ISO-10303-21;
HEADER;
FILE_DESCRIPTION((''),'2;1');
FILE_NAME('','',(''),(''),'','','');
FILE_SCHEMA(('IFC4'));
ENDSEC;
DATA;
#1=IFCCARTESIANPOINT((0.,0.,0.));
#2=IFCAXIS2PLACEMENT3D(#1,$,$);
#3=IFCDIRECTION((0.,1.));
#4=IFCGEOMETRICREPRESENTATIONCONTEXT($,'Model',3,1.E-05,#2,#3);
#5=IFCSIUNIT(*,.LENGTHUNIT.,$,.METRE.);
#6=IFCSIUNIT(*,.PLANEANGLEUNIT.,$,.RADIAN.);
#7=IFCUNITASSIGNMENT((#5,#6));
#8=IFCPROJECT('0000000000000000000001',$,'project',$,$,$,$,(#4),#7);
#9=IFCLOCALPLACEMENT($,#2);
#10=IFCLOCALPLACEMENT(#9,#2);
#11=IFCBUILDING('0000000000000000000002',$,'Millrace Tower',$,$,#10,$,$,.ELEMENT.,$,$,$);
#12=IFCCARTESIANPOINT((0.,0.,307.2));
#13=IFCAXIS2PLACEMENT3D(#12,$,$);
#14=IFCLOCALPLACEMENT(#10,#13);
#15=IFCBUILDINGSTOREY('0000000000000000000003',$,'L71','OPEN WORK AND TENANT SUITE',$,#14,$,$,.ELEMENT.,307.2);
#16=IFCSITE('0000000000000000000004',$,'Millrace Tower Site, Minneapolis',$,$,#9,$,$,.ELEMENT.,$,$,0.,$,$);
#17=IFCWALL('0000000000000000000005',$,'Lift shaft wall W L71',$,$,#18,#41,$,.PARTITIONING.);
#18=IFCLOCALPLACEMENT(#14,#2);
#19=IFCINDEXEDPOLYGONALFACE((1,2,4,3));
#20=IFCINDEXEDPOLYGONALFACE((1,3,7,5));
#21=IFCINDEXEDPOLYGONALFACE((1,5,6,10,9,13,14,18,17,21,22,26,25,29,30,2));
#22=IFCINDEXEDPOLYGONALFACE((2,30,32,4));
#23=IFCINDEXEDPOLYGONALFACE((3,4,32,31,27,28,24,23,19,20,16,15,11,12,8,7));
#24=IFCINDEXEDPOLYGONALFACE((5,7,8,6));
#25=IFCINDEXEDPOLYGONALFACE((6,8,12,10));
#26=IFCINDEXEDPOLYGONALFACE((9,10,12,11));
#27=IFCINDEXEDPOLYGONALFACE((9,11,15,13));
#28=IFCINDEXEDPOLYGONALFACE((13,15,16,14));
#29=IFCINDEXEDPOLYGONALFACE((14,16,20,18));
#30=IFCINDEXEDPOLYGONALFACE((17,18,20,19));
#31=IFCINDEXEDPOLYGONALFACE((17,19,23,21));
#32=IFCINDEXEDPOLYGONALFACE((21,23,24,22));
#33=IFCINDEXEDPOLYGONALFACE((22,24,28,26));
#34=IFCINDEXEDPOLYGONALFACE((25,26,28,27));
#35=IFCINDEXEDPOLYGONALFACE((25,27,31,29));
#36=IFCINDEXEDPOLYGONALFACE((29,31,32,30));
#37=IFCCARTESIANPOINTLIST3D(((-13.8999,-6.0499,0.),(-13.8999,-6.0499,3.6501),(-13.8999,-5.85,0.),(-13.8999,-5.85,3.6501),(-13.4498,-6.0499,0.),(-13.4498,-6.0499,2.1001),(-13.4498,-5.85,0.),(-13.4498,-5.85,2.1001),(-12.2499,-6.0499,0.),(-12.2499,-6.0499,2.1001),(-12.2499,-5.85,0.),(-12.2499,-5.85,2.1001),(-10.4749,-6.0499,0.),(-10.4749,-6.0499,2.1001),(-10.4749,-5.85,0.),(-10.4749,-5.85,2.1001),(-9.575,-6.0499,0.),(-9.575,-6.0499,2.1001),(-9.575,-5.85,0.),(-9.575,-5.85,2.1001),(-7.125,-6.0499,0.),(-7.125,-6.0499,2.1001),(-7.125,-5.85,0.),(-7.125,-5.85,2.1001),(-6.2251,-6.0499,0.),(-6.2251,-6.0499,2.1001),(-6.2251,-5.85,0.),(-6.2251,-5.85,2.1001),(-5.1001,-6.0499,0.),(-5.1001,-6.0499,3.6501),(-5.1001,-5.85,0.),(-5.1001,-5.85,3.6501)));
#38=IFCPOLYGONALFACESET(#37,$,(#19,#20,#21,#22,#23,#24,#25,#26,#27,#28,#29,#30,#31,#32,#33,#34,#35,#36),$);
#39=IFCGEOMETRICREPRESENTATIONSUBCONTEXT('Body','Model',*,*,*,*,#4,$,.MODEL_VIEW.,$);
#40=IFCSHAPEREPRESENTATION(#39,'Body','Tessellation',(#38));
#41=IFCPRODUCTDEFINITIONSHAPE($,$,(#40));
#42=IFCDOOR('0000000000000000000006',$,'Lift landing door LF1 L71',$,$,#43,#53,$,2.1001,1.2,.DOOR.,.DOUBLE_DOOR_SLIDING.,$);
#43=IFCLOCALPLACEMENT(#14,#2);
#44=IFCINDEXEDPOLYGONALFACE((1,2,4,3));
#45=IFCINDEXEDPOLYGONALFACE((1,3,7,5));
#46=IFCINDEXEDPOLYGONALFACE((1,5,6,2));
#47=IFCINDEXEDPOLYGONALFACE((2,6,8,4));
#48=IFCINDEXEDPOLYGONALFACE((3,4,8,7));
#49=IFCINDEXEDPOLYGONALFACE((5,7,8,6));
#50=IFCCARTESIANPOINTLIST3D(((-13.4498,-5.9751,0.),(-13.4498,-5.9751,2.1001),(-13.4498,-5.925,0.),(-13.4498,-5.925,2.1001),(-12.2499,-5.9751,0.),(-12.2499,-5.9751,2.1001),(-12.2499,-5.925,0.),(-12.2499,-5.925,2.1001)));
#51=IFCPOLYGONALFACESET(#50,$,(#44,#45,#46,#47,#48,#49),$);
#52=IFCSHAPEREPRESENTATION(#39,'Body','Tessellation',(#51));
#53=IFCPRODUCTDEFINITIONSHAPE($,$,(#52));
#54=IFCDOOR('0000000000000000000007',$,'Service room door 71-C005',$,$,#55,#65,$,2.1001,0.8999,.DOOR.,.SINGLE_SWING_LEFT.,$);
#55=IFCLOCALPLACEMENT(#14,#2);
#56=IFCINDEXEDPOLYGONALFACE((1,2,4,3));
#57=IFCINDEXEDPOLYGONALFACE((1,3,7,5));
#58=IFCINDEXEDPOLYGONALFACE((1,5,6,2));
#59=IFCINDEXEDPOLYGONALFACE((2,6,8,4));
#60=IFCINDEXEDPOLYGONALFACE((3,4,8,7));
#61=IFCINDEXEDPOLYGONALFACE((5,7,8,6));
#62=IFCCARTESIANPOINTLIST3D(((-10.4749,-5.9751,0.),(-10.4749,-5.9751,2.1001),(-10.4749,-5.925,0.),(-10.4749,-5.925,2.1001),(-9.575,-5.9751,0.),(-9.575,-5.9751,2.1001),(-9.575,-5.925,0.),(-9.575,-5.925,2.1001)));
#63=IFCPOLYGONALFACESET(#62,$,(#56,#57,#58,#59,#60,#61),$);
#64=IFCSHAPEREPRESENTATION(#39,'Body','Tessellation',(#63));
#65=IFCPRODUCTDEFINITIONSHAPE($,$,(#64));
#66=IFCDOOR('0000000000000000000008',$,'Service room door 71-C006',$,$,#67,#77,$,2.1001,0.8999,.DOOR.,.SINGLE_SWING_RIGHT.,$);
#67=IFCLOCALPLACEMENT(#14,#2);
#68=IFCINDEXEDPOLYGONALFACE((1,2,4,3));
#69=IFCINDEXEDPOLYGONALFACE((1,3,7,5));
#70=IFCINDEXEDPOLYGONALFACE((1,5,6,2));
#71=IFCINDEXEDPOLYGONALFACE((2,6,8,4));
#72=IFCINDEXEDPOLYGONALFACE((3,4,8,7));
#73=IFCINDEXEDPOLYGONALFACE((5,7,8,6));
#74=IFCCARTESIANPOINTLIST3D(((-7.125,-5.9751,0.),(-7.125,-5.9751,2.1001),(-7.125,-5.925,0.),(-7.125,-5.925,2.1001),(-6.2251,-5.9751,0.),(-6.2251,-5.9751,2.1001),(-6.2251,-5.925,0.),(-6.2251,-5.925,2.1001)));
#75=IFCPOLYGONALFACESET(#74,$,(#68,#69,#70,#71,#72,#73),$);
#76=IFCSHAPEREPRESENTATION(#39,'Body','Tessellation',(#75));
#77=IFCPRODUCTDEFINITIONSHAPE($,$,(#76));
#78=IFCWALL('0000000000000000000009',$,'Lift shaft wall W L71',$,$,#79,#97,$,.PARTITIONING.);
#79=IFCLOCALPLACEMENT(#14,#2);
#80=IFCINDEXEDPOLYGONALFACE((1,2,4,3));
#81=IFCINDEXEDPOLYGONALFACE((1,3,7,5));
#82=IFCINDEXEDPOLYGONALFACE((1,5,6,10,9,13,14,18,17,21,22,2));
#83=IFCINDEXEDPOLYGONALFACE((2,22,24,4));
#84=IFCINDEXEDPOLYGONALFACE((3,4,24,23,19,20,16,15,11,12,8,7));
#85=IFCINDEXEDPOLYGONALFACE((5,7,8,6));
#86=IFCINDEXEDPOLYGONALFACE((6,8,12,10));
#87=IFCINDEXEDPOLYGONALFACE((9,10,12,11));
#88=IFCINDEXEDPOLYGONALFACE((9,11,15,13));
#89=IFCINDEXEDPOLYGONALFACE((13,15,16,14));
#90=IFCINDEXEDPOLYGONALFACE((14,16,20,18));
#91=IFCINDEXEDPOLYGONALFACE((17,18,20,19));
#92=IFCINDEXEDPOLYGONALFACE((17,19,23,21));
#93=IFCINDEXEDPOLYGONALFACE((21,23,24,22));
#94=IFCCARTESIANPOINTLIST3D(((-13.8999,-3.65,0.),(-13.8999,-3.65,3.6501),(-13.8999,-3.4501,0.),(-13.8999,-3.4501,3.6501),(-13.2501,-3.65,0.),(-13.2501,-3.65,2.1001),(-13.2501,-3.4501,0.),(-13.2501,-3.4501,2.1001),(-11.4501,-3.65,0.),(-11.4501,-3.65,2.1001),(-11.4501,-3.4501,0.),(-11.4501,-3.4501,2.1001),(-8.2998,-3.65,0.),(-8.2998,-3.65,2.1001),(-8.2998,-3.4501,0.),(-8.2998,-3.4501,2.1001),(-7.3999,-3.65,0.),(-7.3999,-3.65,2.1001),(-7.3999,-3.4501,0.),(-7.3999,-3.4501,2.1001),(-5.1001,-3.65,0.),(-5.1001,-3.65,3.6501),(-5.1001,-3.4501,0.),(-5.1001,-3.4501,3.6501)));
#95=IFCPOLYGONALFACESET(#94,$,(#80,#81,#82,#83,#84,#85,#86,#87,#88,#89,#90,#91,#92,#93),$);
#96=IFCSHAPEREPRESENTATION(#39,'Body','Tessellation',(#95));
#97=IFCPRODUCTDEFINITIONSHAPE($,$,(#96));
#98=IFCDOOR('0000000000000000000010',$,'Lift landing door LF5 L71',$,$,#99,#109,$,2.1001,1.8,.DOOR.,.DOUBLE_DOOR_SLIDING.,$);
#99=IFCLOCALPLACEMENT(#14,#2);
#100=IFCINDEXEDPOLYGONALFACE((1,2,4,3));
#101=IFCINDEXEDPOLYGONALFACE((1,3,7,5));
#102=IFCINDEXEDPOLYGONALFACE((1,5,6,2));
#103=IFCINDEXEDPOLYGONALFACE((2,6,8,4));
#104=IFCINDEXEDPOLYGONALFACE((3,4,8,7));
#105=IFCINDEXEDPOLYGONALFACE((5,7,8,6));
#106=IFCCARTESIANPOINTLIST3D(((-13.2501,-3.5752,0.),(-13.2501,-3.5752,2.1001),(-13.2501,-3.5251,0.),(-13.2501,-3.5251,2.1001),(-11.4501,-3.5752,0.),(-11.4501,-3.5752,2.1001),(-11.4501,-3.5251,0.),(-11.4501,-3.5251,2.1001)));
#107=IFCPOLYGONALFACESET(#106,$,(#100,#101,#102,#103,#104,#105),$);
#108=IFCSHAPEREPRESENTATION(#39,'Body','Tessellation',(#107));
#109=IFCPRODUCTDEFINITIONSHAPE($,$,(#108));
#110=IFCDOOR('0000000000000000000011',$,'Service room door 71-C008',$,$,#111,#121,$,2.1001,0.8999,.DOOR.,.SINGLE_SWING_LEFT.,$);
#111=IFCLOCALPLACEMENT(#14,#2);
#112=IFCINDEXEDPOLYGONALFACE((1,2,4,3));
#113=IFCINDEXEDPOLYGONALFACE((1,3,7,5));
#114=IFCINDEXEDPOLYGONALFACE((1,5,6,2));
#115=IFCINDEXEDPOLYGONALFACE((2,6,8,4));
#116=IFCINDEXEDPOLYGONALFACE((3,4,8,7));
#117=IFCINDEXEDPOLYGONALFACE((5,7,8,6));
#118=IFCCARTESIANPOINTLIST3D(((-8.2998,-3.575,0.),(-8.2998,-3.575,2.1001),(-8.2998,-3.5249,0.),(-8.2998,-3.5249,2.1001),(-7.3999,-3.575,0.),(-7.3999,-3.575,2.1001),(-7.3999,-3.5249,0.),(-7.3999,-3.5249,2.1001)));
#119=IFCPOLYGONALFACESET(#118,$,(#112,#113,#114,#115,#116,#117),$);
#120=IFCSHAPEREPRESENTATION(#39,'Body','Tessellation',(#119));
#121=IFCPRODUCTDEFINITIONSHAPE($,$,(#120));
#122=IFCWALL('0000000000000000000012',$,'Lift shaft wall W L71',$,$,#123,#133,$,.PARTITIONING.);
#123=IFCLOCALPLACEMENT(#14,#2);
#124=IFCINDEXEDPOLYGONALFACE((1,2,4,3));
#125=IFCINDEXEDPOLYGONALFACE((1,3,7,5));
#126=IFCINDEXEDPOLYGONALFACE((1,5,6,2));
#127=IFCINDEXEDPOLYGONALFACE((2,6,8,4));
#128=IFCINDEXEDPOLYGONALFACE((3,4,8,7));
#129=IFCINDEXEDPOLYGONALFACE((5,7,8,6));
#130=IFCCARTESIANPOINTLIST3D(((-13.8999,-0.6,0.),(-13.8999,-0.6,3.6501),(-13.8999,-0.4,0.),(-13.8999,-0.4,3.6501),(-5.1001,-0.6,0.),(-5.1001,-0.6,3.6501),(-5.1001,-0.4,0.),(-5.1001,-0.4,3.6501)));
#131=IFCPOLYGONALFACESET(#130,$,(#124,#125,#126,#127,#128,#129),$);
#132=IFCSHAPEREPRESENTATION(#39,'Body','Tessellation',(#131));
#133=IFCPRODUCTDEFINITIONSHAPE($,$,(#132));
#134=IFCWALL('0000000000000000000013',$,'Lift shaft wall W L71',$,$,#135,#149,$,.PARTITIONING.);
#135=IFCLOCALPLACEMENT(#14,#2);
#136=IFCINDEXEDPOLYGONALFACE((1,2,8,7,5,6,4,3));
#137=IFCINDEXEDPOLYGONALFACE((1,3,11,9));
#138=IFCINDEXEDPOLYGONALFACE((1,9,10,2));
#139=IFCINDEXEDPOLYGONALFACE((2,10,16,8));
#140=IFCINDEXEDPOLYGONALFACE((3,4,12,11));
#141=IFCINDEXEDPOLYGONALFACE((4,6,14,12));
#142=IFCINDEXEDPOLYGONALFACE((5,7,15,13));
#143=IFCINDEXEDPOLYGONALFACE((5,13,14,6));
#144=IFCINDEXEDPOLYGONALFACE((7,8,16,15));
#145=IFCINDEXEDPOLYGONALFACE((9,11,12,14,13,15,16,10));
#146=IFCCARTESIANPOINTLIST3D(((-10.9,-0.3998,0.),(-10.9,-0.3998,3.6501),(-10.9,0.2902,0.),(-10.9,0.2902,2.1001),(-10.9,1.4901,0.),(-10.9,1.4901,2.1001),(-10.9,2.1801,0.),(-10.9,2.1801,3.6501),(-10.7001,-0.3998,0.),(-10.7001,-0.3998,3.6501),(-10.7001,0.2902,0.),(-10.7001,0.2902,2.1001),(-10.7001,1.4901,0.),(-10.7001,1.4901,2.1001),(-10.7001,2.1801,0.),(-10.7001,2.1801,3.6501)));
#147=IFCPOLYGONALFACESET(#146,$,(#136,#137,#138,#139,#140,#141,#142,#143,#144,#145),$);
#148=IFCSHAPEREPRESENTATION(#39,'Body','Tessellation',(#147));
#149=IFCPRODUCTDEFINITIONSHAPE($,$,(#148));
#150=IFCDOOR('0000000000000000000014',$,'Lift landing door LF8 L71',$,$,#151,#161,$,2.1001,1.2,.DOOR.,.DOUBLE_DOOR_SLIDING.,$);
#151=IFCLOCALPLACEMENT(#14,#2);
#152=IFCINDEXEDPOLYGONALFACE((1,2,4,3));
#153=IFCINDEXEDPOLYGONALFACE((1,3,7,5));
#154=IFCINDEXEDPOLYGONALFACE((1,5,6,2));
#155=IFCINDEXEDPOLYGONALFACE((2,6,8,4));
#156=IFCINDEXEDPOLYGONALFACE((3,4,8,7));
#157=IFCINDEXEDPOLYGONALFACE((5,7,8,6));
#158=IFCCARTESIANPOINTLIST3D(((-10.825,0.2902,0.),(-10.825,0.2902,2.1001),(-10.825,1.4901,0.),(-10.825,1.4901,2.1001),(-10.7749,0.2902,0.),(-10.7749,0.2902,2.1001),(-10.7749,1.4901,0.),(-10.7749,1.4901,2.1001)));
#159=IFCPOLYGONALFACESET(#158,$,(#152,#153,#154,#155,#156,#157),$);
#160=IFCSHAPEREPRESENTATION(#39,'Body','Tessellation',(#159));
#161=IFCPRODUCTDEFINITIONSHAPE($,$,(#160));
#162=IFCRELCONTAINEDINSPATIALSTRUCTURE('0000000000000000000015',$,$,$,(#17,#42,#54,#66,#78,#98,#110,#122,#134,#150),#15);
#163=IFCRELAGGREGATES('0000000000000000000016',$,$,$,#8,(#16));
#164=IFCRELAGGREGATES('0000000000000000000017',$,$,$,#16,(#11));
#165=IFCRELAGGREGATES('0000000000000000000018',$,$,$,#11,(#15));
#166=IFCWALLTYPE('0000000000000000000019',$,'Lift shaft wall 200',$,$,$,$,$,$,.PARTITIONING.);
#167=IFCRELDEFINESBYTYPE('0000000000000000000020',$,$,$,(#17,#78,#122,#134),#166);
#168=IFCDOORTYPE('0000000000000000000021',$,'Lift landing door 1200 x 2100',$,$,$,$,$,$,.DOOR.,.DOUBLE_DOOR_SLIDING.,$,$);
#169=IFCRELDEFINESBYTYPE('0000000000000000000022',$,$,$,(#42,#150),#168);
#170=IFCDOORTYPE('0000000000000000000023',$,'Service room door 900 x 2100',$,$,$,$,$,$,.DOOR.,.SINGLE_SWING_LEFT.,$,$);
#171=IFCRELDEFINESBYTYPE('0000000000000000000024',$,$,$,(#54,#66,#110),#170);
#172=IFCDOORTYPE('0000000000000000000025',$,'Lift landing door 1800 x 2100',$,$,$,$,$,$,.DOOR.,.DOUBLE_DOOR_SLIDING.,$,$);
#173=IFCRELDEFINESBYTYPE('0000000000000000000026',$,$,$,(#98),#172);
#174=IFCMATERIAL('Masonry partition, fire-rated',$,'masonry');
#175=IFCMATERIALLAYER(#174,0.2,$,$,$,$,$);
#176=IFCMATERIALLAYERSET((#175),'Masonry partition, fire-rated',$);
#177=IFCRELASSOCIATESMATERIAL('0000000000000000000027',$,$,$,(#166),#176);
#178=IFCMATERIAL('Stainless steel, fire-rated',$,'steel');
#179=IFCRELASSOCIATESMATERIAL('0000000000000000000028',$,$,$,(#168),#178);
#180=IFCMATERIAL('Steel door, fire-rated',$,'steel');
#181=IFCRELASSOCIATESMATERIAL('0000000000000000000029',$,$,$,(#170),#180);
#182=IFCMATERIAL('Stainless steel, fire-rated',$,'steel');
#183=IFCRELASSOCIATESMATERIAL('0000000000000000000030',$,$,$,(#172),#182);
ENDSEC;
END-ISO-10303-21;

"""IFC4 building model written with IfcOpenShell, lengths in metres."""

from ifc_helpers import new_model, si_unit, direction, frame, frame_2d, origin, place, context, subcontext, project, spatial, rectangle, extrude, material, layer, layer_set, type_object, element, fill, save


model = new_model("IFC4")

# Units and contexts
model_context = context("Model", 3, precision=1e-05, world=origin(), true_north=direction((0.0, 1.0)))
body_context = subcontext(model_context, "Body", "Model", "MODEL_VIEW")
ifc_project = project(units=[si_unit("LENGTHUNIT", "METRE"), si_unit("PLANEANGLEUNIT", "RADIAN")], contexts=[model_context])

# Site, building, storey
site_placement = place(None, origin())
site = spatial("IfcSite", under=ifc_project, at=site_placement, Name="Millrace Tower Site, Minneapolis", CompositionType="ELEMENT", RefElevation=0.0)
building_placement = place(site_placement, origin())
building = spatial("IfcBuilding", under=site, at=building_placement, Name="Millrace Tower", CompositionType="ELEMENT")
storey_placement = place(building_placement, frame((0.0, 0.0, 307.2)))
storey = spatial("IfcBuildingStorey", under=building, at=storey_placement, Name="L71", Description="OPEN WORK AND TENANT SUITE", CompositionType="ELEMENT", Elevation=307.2)

# Walls, openings, doors
ifc_material_1 = material(Name="Masonry partition, fire-rated", Category="masonry")
ifc_layer_1 = layer(ifc_material_1, 0.2)
ifc_layer_set_1 = layer_set([ifc_layer_1], Name="Masonry partition, fire-rated")
wall_type_1 = type_object("IfcWallType", Name="Lift shaft wall 200", PredefinedType="PARTITIONING", material=ifc_layer_set_1)
wall_1_placement = place(storey_placement, frame((-13.8999, -5.95, 0.0), z_axis=(0.0, 0.0, 1.0), x_axis=(1.0, 0.0, 0.0)))
wall_1 = element("IfcWall", 1, at=wall_1_placement, inside=storey, type_object=wall_type_1, Name="Lift shaft wall W L71", PredefinedType="PARTITIONING", context=body_context, shape_type="SweptSolid", body=[
    extrude(rectangle(XDim=8.7998, YDim=0.2, at=frame_2d((4.3999, 0.0))), origin(), (0.0, 0.0, 1.0), 3.6501),
])
opening_1_placement = place(wall_1_placement, frame((0.45, 0.0, 0.0)))
opening_1 = element("IfcOpeningElement", 2, at=opening_1_placement, cuts=wall_1, PredefinedType="OPENING", context=body_context, shape_type="SweptSolid", body=[
    extrude(rectangle(XDim=1.2, YDim=2.1001, at=frame_2d((0.6001, 1.05))), frame((0.0, 0.1099, 0.0), z_axis=(0.0, -1.0, 0.0), x_axis=(1.0, 0.0, 0.0)), (0.0, 0.0, 1.0), 0.22),
])
opening_2_placement = place(wall_1_placement, frame((3.425, 0.0, 0.0)))
opening_2 = element("IfcOpeningElement", 3, at=opening_2_placement, cuts=wall_1, PredefinedType="OPENING", context=body_context, shape_type="SweptSolid", body=[
    extrude(rectangle(XDim=0.8999, YDim=2.1001, at=frame_2d((0.45, 1.05))), frame((0.0, 0.1099, 0.0), z_axis=(0.0, -1.0, 0.0), x_axis=(1.0, 0.0, 0.0)), (0.0, 0.0, 1.0), 0.22),
])
opening_3_placement = place(wall_1_placement, frame((6.7749, 0.0, 0.0)))
opening_3 = element("IfcOpeningElement", 4, at=opening_3_placement, cuts=wall_1, PredefinedType="OPENING", context=body_context, shape_type="SweptSolid", body=[
    extrude(rectangle(XDim=0.8999, YDim=2.1001, at=frame_2d((0.45, 1.05))), frame((0.0, 0.1099, 0.0), z_axis=(0.0, -1.0, 0.0), x_axis=(1.0, 0.0, 0.0)), (0.0, 0.0, 1.0), 0.22),
])
ifc_material_2 = material(Name="Stainless steel, fire-rated", Category="steel")
door_type_1 = type_object("IfcDoorType", Name="Lift landing door 1200 x 2100", OperationType="DOUBLE_DOOR_SLIDING", PredefinedType="DOOR", material=ifc_material_2)
door_1_placement = place(opening_1_placement, origin())
door_1 = element("IfcDoor", 5, at=door_1_placement, inside=storey, type_object=door_type_1, Name="Lift landing door LF1 L71", OperationType="DOUBLE_DOOR_SLIDING", OverallHeight=2.1001, OverallWidth=1.2, PredefinedType="DOOR", context=body_context, shape_type="SweptSolid", body=[
    extrude(rectangle(XDim=1.2, YDim=2.1001, at=frame_2d((0.6001, 1.05))), frame((0.0, 0.0249, 0.0), z_axis=(0.0, -1.0, 0.0), x_axis=(1.0, 0.0, 0.0)), (0.0, 0.0, 1.0), 0.05),
])
fill(opening_1, door_1)
ifc_material_3 = material(Name="Steel door, fire-rated", Category="steel")
door_type_2 = type_object("IfcDoorType", Name="Service room door 900 x 2100", OperationType="SINGLE_SWING_LEFT", PredefinedType="DOOR", material=ifc_material_3)
door_2_placement = place(opening_2_placement, origin())
door_2 = element("IfcDoor", 6, at=door_2_placement, inside=storey, type_object=door_type_2, Name="Service room door 71-C005", OperationType="SINGLE_SWING_LEFT", OverallHeight=2.1001, OverallWidth=0.8999, PredefinedType="DOOR", context=body_context, shape_type="SweptSolid", body=[
    extrude(rectangle(XDim=0.8999, YDim=2.1001, at=frame_2d((0.45, 1.05))), frame((0.0, 0.0249, 0.0), z_axis=(0.0, -1.0, 0.0), x_axis=(1.0, 0.0, 0.0)), (0.0, 0.0, 1.0), 0.05),
])
fill(opening_2, door_2)
door_3_placement = place(opening_3_placement, origin())
door_3 = element("IfcDoor", 7, at=door_3_placement, inside=storey, type_object=door_type_2, Name="Service room door 71-C006", OperationType="SINGLE_SWING_RIGHT", OverallHeight=2.1001, OverallWidth=0.8999, PredefinedType="DOOR", context=body_context, shape_type="SweptSolid", body=[
    extrude(rectangle(XDim=0.8999, YDim=2.1001, at=frame_2d((0.45, 1.05))), frame((0.0, 0.0249, 0.0), z_axis=(0.0, -1.0, 0.0), x_axis=(1.0, 0.0, 0.0)), (0.0, 0.0, 1.0), 0.05),
])
fill(opening_3, door_3)
wall_2_placement = place(storey_placement, frame((-13.8999, -3.55, 0.0), z_axis=(0.0, 0.0, 1.0), x_axis=(1.0, 0.0, 0.0)))
wall_2 = element("IfcWall", 8, at=wall_2_placement, inside=storey, type_object=wall_type_1, Name="Lift shaft wall W L71", PredefinedType="PARTITIONING", context=body_context, shape_type="SweptSolid", body=[
    extrude(rectangle(XDim=8.7998, YDim=0.2, at=frame_2d((4.3999, 0.0))), origin(), (0.0, 0.0, 1.0), 3.6501),
])
opening_4_placement = place(wall_2_placement, frame((0.6499, 0.0, 0.0)))
opening_4 = element("IfcOpeningElement", 9, at=opening_4_placement, cuts=wall_2, PredefinedType="OPENING", context=body_context, shape_type="SweptSolid", body=[
    extrude(rectangle(XDim=1.8, YDim=2.1001, at=frame_2d((0.8999, 1.05))), frame((0.0, 0.1099, 0.0), z_axis=(0.0, -1.0, 0.0), x_axis=(1.0, 0.0, 0.0)), (0.0, 0.0, 1.0), 0.22),
])
opening_5_placement = place(wall_2_placement, frame((5.6001, 0.0, 0.0)))
opening_5 = element("IfcOpeningElement", 10, at=opening_5_placement, cuts=wall_2, PredefinedType="OPENING", context=body_context, shape_type="SweptSolid", body=[
    extrude(rectangle(XDim=0.8999, YDim=2.1001, at=frame_2d((0.45, 1.05))), frame((0.0, 0.1099, 0.0), z_axis=(0.0, -1.0, 0.0), x_axis=(1.0, 0.0, 0.0)), (0.0, 0.0, 1.0), 0.22),
])
ifc_material_4 = material(Name="Stainless steel, fire-rated", Category="steel")
door_type_3 = type_object("IfcDoorType", Name="Lift landing door 1800 x 2100", OperationType="DOUBLE_DOOR_SLIDING", PredefinedType="DOOR", material=ifc_material_4)
door_4_placement = place(opening_4_placement, origin())
door_4 = element("IfcDoor", 11, at=door_4_placement, inside=storey, type_object=door_type_3, Name="Lift landing door LF5 L71", OperationType="DOUBLE_DOOR_SLIDING", OverallHeight=2.1001, OverallWidth=1.8, PredefinedType="DOOR", context=body_context, shape_type="SweptSolid", body=[
    extrude(rectangle(XDim=1.8, YDim=2.1001, at=frame_2d((0.8999, 1.05))), frame((0.0, 0.0249, 0.0), z_axis=(0.0, -1.0, 0.0), x_axis=(1.0, 0.0, 0.0)), (0.0, 0.0, 1.0), 0.05),
])
fill(opening_4, door_4)
door_5_placement = place(opening_5_placement, frame((0.8999, 0.0, 0.0), z_axis=(0.0, 0.0, 1.0), x_axis=(-1.0, 0.0, 0.0)))
door_5 = element("IfcDoor", 12, at=door_5_placement, inside=storey, type_object=door_type_2, Name="Service room door 71-C008", OperationType="SINGLE_SWING_LEFT", OverallHeight=2.1001, OverallWidth=0.8999, PredefinedType="DOOR", context=body_context, shape_type="SweptSolid", body=[
    extrude(rectangle(XDim=0.8999, YDim=2.1001, at=frame_2d((0.45, 1.05))), frame((0.0, 0.0249, 0.0), z_axis=(0.0, -1.0, 0.0), x_axis=(1.0, 0.0, 0.0)), (0.0, 0.0, 1.0), 0.05),
])
fill(opening_5, door_5)

# Wall
wall_3_placement = place(storey_placement, frame((-13.8999, -0.5, 0.0), z_axis=(0.0, 0.0, 1.0), x_axis=(1.0, 0.0, 0.0)))
element("IfcWall", 13, at=wall_3_placement, inside=storey, type_object=wall_type_1, Name="Lift shaft wall W L71", PredefinedType="PARTITIONING", context=body_context, shape_type="SweptSolid", body=[
    extrude(rectangle(XDim=8.7998, YDim=0.2, at=frame_2d((4.3999, 0.0))), origin(), (0.0, 0.0, 1.0), 3.6501),
])

# Wall, opening, door
wall_4_placement = place(storey_placement, frame((-10.8, -0.3999, 0.0), z_axis=(0.0, 0.0, 1.0), x_axis=(0.0, 1.0, 0.0)))
wall_4 = element("IfcWall", 14, at=wall_4_placement, inside=storey, type_object=wall_type_1, Name="Lift shaft wall W L71", PredefinedType="PARTITIONING", context=body_context, shape_type="SweptSolid", body=[
    extrude(rectangle(XDim=2.5798, YDim=0.2, at=frame_2d((1.29, 0.0))), origin(), (0.0, 0.0, 1.0), 3.6501),
])
opening_6_placement = place(wall_4_placement, frame((0.6899, 0.0, 0.0)))
opening_6 = element("IfcOpeningElement", 15, at=opening_6_placement, cuts=wall_4, PredefinedType="OPENING", context=body_context, shape_type="SweptSolid", body=[
    extrude(rectangle(XDim=1.2, YDim=2.1001, at=frame_2d((0.6001, 1.05))), frame((0.0, 0.1099, 0.0), z_axis=(0.0, -1.0, 0.0), x_axis=(1.0, 0.0, 0.0)), (0.0, 0.0, 1.0), 0.22),
])
door_6_placement = place(opening_6_placement, origin())
door_6 = element("IfcDoor", 16, at=door_6_placement, inside=storey, type_object=door_type_1, Name="Lift landing door LF8 L71", OperationType="DOUBLE_DOOR_SLIDING", OverallHeight=2.1001, OverallWidth=1.2, PredefinedType="DOOR", context=body_context, shape_type="SweptSolid", body=[
    extrude(rectangle(XDim=1.2, YDim=2.1001, at=frame_2d((0.6001, 1.05))), frame((0.0, 0.0249, 0.0), z_axis=(0.0, -1.0, 0.0), x_axis=(1.0, 0.0, 0.0)), (0.0, 0.0, 1.0), 0.05),
])
fill(opening_6, door_6)

save(model, "model.ifc")
